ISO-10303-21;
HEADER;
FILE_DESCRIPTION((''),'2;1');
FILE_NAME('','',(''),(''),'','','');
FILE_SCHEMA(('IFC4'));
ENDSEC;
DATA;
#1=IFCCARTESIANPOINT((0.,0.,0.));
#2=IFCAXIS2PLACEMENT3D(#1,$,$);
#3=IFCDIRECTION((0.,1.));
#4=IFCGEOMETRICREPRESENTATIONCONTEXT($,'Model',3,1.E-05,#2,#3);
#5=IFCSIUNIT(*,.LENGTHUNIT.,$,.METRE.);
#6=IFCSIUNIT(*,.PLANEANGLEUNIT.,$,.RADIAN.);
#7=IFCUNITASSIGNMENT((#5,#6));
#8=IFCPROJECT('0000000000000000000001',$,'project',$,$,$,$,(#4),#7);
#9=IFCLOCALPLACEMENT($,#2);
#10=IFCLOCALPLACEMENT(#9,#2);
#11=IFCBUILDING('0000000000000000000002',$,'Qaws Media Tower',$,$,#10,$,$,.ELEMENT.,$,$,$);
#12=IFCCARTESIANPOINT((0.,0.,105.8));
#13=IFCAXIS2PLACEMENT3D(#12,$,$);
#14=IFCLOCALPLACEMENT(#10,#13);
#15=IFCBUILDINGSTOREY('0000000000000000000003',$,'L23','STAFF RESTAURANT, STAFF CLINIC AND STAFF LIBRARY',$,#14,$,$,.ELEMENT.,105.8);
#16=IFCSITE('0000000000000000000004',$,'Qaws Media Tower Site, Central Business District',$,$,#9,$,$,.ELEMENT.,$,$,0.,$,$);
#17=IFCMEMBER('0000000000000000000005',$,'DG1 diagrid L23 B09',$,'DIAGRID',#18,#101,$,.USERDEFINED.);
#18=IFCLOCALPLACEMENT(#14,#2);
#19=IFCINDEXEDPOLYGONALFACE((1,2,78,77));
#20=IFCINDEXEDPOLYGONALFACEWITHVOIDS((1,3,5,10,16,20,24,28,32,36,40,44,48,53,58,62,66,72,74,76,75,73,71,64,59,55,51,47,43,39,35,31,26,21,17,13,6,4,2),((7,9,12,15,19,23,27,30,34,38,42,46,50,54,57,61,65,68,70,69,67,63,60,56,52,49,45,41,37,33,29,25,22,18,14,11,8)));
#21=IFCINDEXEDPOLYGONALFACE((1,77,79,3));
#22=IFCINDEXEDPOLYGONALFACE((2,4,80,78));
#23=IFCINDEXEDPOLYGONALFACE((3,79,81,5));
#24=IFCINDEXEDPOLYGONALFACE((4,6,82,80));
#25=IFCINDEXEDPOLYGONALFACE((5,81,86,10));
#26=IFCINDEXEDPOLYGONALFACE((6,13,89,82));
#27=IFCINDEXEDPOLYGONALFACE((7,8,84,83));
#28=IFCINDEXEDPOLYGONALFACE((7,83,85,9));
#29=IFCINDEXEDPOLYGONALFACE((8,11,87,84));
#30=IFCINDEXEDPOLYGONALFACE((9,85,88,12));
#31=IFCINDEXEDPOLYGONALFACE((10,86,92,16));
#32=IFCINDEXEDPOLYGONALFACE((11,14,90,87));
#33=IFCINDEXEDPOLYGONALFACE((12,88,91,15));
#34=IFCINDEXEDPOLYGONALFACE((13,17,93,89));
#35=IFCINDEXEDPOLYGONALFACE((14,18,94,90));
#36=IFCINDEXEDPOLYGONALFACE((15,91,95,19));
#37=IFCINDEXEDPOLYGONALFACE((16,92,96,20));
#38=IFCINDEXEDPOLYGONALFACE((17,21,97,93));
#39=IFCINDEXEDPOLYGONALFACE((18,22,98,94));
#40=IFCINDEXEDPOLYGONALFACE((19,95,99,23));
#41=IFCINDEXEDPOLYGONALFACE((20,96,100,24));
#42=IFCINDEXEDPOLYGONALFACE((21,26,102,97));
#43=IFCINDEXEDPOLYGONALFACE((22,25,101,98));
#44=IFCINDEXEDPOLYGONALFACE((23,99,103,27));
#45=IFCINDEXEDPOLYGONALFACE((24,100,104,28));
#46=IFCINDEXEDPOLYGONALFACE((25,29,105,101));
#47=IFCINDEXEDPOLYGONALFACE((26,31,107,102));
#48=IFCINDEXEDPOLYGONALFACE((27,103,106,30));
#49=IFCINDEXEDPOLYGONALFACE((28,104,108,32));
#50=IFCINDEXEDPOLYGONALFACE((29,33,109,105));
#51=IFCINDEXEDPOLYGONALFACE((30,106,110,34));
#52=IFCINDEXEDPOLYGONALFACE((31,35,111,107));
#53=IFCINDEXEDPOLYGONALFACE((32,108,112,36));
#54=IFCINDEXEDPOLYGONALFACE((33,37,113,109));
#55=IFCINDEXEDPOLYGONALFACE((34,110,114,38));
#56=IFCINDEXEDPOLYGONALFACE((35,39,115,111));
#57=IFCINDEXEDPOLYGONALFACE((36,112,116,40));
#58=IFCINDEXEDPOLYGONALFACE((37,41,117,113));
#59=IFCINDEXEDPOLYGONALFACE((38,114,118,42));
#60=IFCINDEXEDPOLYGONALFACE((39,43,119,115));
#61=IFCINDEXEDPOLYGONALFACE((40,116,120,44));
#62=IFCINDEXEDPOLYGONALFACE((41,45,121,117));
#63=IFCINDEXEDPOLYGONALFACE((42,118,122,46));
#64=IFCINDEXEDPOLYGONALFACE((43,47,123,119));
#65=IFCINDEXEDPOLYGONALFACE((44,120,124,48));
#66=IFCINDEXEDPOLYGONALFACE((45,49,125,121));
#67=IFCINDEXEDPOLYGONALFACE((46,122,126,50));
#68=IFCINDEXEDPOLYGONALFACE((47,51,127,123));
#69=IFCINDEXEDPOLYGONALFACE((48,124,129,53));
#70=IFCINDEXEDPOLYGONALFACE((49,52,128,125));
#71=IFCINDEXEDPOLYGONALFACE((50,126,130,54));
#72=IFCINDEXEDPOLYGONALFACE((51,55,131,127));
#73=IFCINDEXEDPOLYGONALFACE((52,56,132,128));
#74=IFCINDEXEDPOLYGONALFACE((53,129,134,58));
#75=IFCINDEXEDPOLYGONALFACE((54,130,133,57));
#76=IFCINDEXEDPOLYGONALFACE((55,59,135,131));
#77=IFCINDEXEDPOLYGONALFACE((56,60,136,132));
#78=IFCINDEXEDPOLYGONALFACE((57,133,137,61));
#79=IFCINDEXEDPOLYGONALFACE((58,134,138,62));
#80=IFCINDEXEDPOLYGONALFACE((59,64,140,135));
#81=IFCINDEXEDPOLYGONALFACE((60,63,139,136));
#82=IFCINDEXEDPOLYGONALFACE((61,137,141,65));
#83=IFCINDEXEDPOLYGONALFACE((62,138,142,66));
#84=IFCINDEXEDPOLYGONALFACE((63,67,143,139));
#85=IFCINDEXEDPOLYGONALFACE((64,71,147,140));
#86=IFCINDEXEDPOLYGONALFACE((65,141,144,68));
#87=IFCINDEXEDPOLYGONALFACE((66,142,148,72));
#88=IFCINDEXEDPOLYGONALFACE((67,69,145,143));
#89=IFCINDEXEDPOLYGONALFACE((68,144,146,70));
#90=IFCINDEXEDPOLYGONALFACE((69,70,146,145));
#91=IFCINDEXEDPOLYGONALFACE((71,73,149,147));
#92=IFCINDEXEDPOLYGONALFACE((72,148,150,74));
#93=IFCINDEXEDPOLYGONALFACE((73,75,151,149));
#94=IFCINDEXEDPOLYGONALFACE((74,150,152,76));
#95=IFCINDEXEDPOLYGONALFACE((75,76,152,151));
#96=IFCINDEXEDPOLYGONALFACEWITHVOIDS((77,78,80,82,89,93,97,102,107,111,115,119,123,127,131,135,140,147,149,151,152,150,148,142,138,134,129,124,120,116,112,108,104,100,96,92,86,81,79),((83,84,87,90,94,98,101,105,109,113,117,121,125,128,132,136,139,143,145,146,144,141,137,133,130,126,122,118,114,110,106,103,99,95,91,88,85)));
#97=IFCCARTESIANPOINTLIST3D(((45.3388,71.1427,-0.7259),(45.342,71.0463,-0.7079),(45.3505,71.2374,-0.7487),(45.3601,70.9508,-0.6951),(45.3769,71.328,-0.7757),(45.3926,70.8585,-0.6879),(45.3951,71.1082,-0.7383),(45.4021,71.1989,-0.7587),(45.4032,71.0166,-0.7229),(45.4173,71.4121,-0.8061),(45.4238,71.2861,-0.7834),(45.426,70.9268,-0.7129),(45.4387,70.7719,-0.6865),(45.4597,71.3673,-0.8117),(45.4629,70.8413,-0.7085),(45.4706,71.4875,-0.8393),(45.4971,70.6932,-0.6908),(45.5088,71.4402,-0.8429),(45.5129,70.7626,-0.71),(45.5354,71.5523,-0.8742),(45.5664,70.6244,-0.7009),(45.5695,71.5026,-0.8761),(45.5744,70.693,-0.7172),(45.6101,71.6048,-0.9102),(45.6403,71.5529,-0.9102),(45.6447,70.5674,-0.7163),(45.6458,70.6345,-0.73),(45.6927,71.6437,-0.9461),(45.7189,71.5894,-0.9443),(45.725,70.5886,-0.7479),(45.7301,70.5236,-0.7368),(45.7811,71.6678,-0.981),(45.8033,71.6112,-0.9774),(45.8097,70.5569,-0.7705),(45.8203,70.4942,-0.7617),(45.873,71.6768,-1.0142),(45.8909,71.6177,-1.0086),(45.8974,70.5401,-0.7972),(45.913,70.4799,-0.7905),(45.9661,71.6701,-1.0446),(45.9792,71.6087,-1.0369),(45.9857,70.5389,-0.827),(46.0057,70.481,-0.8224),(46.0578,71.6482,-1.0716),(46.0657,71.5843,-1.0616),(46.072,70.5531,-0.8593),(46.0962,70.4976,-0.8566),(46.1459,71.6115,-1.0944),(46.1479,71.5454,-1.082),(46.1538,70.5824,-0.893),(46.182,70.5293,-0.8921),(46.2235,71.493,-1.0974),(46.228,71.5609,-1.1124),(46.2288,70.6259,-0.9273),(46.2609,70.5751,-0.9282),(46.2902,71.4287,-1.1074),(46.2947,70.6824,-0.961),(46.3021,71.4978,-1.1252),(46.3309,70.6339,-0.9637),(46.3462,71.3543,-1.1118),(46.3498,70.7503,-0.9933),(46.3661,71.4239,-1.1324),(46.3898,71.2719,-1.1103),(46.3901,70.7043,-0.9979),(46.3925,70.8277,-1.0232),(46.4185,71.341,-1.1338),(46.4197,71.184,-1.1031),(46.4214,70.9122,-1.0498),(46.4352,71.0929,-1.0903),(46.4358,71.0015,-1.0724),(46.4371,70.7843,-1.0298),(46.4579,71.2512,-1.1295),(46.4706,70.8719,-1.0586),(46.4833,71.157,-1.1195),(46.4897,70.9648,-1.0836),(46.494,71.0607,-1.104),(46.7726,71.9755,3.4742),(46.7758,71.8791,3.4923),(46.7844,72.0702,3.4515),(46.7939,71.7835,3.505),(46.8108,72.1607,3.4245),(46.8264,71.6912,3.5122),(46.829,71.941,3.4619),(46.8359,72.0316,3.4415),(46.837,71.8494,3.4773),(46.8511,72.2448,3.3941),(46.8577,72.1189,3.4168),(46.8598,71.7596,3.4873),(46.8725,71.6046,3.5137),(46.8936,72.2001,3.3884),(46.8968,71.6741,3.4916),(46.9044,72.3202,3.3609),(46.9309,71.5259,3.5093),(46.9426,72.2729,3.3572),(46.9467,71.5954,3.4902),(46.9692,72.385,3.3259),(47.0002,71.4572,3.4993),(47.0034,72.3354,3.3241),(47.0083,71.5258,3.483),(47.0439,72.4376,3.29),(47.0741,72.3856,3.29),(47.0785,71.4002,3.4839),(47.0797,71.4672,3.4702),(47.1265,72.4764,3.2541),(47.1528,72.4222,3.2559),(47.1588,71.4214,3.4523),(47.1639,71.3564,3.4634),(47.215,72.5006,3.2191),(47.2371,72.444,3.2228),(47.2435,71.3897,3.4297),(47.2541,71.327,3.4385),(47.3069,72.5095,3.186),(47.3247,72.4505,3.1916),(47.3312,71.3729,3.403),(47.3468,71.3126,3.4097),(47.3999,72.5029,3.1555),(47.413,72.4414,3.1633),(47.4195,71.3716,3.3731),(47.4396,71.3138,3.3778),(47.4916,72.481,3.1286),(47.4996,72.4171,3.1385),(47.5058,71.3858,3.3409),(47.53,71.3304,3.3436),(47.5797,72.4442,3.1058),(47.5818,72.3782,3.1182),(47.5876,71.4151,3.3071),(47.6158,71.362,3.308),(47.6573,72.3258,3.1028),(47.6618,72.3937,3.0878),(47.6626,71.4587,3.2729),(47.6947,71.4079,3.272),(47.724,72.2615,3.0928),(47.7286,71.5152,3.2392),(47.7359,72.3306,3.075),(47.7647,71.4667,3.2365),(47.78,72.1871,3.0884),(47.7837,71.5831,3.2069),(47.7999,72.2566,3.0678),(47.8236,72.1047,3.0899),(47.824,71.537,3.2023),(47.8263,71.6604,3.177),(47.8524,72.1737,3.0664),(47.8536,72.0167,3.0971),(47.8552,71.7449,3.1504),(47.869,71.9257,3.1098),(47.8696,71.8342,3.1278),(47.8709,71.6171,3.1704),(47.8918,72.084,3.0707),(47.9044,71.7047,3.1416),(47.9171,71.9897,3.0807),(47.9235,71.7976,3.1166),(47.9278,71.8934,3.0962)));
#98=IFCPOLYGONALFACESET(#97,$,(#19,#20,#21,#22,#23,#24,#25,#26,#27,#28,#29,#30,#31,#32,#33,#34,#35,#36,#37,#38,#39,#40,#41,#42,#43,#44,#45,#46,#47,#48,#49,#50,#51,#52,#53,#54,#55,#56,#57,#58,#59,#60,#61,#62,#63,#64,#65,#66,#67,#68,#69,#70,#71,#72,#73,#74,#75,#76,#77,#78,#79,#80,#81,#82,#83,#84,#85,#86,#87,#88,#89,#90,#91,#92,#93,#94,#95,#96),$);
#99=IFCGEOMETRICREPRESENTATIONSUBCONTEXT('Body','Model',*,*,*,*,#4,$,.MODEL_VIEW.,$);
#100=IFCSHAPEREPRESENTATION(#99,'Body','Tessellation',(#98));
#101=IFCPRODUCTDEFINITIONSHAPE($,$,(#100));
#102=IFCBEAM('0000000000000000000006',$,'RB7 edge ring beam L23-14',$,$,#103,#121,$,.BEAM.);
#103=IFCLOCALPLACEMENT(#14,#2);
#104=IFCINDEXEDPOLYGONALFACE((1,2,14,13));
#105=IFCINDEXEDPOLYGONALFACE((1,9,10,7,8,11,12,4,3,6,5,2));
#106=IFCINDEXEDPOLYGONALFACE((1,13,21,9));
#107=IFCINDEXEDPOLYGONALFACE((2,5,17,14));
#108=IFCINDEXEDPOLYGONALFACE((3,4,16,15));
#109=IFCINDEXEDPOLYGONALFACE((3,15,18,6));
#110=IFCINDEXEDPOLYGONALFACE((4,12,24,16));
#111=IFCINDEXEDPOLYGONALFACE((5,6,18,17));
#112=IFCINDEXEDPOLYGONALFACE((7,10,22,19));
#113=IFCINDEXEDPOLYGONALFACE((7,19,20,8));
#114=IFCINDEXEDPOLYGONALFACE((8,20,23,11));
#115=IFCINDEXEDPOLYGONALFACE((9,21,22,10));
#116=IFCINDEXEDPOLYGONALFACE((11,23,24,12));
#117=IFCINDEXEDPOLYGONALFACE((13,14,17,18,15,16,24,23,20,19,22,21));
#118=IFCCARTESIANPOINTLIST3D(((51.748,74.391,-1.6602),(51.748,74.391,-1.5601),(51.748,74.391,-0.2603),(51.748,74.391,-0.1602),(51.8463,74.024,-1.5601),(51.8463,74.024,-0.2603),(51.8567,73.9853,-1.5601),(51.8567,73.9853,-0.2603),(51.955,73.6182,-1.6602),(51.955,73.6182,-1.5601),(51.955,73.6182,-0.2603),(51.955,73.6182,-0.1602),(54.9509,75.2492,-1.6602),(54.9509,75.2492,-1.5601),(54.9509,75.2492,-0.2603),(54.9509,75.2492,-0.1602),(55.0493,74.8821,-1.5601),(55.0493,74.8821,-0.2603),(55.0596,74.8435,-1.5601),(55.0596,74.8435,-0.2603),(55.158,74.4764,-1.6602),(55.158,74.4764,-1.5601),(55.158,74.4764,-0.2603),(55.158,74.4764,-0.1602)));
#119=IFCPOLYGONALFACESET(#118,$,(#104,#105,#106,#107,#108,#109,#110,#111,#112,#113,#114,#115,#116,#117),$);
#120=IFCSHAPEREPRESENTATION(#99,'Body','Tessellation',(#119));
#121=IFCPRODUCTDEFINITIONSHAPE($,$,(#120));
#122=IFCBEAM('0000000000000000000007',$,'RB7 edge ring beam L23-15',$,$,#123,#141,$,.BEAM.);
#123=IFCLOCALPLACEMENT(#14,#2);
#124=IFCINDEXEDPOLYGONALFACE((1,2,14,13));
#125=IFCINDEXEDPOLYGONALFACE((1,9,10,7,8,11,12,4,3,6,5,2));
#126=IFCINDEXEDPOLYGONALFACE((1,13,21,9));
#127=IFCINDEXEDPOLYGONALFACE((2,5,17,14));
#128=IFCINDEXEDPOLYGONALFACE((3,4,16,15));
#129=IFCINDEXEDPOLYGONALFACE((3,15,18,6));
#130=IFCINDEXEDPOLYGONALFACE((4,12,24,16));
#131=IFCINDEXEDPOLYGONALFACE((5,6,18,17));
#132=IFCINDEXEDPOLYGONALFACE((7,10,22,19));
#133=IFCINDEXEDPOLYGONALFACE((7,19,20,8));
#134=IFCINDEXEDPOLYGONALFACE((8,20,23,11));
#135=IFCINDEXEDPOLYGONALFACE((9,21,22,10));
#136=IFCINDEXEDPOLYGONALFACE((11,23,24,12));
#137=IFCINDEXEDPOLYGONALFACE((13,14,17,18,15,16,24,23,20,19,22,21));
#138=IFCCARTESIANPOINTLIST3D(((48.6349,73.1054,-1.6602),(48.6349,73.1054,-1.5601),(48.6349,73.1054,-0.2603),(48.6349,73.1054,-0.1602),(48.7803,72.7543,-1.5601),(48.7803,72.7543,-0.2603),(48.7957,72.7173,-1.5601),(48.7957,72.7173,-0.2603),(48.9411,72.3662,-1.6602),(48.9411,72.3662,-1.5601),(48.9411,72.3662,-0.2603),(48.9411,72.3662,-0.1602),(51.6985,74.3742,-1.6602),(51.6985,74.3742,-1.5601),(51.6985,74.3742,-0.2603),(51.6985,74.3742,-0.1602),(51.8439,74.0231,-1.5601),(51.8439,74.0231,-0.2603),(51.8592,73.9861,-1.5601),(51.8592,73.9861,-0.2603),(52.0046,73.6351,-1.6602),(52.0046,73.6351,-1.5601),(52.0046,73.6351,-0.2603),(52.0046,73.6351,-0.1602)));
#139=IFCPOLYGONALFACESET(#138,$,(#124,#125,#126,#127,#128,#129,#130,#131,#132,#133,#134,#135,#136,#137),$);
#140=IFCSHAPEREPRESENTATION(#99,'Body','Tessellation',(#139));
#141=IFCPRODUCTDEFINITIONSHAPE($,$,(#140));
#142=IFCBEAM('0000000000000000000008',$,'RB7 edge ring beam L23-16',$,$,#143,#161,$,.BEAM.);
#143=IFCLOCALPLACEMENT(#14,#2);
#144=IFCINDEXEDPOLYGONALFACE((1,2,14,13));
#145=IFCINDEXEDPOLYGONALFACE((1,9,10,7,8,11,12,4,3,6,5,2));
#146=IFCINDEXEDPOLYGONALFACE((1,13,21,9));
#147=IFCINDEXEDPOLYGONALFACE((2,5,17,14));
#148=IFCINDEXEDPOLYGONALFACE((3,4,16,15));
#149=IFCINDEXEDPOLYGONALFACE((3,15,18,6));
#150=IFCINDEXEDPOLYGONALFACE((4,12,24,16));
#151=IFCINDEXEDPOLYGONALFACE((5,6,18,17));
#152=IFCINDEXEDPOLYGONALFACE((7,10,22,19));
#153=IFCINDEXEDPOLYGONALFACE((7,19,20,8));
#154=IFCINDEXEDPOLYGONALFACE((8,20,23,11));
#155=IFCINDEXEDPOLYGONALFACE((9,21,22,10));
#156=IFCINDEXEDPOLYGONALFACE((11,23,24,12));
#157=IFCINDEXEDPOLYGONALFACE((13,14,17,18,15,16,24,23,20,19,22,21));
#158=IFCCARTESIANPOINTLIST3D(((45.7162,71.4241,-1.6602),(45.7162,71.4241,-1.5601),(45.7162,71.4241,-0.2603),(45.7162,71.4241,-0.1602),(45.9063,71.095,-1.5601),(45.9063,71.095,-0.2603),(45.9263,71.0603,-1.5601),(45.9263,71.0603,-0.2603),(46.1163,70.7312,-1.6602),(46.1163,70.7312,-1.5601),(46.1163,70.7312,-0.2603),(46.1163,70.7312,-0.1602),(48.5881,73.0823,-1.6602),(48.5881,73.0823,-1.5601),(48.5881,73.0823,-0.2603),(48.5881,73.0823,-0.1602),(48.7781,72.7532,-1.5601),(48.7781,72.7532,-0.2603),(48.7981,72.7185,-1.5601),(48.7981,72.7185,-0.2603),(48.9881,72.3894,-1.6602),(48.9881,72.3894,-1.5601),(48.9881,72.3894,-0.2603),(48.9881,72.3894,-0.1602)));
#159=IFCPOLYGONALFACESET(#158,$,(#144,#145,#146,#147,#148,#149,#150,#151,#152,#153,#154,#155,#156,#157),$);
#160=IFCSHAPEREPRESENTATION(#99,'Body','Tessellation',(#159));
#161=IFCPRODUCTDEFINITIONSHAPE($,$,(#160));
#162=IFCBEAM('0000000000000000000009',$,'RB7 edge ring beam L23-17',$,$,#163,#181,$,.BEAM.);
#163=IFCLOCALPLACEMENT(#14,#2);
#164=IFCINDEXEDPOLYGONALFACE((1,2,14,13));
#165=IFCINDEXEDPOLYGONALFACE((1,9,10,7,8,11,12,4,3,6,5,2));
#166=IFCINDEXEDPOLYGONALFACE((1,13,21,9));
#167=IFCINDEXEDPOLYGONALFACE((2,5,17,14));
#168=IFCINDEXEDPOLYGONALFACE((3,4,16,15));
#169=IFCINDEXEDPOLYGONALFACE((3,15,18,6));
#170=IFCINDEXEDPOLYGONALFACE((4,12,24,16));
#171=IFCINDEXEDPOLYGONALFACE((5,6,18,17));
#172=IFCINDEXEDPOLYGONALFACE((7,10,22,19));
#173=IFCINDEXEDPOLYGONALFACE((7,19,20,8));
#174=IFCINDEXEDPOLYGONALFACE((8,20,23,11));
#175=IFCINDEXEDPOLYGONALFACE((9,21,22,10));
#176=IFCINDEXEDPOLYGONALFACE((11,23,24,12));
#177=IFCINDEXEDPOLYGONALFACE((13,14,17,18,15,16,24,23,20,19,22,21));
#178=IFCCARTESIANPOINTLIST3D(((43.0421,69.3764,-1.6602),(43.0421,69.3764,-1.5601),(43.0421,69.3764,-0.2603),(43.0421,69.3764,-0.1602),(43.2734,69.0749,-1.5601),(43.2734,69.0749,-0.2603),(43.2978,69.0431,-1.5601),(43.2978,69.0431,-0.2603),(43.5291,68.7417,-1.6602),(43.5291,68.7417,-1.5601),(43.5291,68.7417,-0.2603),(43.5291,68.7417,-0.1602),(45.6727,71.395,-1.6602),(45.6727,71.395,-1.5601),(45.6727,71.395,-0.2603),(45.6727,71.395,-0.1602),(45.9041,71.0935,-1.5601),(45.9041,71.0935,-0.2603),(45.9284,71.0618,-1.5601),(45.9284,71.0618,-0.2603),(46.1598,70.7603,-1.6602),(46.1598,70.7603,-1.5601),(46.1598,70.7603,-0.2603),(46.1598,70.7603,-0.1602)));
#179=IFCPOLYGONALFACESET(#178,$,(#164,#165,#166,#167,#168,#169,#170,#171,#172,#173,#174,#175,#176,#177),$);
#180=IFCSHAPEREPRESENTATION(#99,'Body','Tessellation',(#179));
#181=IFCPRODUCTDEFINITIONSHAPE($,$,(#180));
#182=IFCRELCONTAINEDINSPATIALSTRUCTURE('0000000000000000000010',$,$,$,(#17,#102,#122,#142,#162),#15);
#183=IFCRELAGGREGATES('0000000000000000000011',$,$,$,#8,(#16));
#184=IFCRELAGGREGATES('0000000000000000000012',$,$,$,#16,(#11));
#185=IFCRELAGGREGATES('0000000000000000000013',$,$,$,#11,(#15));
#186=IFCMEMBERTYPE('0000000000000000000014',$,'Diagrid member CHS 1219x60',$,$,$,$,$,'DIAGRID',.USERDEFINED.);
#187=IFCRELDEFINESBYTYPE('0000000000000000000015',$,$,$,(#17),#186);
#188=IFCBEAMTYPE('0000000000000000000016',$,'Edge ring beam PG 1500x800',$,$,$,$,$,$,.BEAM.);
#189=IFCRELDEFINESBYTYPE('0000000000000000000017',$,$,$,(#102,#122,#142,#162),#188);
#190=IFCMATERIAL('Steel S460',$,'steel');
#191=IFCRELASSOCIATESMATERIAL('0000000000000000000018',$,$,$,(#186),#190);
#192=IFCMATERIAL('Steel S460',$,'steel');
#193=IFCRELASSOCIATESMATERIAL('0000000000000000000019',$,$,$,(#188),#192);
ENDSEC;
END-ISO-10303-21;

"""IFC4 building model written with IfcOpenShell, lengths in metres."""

from ifc_helpers import new_model, si_unit, direction, frame, origin, origin_2d, place, context, subcontext, project, spatial, hollow_circle, i_section, extrude, material, material_profile, profile_set, type_object, element, save


model = new_model("IFC4")

# Units and contexts
model_context = context("Model", 3, precision=1e-05, world=origin(), true_north=direction((0.0, 1.0)))
body_context = subcontext(model_context, "Body", "Model", "MODEL_VIEW")
ifc_project = project(units=[si_unit("LENGTHUNIT", "METRE"), si_unit("PLANEANGLEUNIT", "RADIAN")], contexts=[model_context])

# Site, building, storey
site_placement = place(None, origin())
site = spatial("IfcSite", under=ifc_project, at=site_placement, Name="Qaws Media Tower Site, Central Business District", CompositionType="ELEMENT", RefElevation=0.0)
building_placement = place(site_placement, origin())
building = spatial("IfcBuilding", under=site, at=building_placement, Name="Qaws Media Tower", CompositionType="ELEMENT")
storey_placement = place(building_placement, frame((0.0, 0.0, 105.8)))
storey = spatial("IfcBuildingStorey", under=building, at=storey_placement, Name="L23", Description="STAFF RESTAURANT, STAFF CLINIC AND STAFF LIBRARY", CompositionType="ELEMENT", Elevation=105.8)

# Member
ifc_material_1 = material(Name="Steel S460", Category="steel")
ifc_material_profile_1 = material_profile(ifc_material_1, hollow_circle(Radius=0.6096, WallThickness=0.0601, at=origin_2d()), Name="CHS 1219x60")
ifc_profile_set_1 = profile_set([ifc_material_profile_1], Name="Steel S460")
member_type_1 = type_object("IfcMemberType", Name="Diagrid member CHS 1219x60", ElementType="DIAGRID", PredefinedType="USERDEFINED", material=ifc_profile_set_1)
for number, where, z_axis, x_axis, name in (
    (1, (45.9163, 71.0776, -0.9102), (0.317527, 0.184418, 0.930143), (-0.502231, 0.864733, 0.0), "DG1 diagrid L23 B09"),
):
    element("IfcMember", number, at=place(storey_placement, frame(where, z_axis=z_axis, x_axis=x_axis)), inside=storey, type_object=member_type_1, Name=name, ObjectType="DIAGRID", PredefinedType="USERDEFINED", context=body_context, shape_type="SweptSolid", body=[
        extrude(hollow_circle(Radius=0.6096, WallThickness=0.0601, at=origin_2d()), origin(), (0.0, 0.0, 1.0), 4.5156),
    ])

# Beams
ifc_material_2 = material(Name="Steel S460", Category="steel")
ifc_material_profile_2 = material_profile(ifc_material_2, i_section(OverallWidth=0.8, OverallDepth=1.5, WebThickness=0.04, FlangeThickness=0.1001, at=origin_2d()), Name="PG 1500x800")
ifc_profile_set_2 = profile_set([ifc_material_profile_2], Name="Steel S460")
beam_type_1 = type_object("IfcBeamType", Name="Edge ring beam PG 1500x800", PredefinedType="BEAM", material=ifc_profile_set_2)
for number, where, z_axis, x_axis, name in (
    (2, (55.0544, 74.8628, -0.9102), (-0.96593, -0.258804, 0.0), (0.258804, -0.96593, 0.0), "RB7 edge ring beam L23-14"),
    (3, (51.8516, 74.0046, -0.9102), (-0.923894, -0.382649, 0.0), (0.382649, -0.923894, 0.0), "RB7 edge ring beam L23-15"),
):
    element("IfcBeam", number, at=place(storey_placement, frame(where, z_axis=z_axis, x_axis=x_axis)), inside=storey, type_object=beam_type_1, Name=name, PredefinedType="BEAM", context=body_context, shape_type="SweptSolid", body=[
        extrude(i_section(OverallWidth=0.8, OverallDepth=1.5, WebThickness=0.04, FlangeThickness=0.1001, at=origin_2d()), origin(), (0.0, 0.0, 1.0), 3.3159),
    ])
beam_1_placement = place(storey_placement, frame((48.7881, 72.7358, -0.9102), z_axis=(-0.866005, -0.500035, 0.0), x_axis=(0.500035, -0.866005, 0.0)))
element("IfcBeam", 4, at=beam_1_placement, inside=storey, type_object=beam_type_1, Name="RB7 edge ring beam L23-16", PredefinedType="BEAM", context=body_context, shape_type="SweptSolid", body=[
    extrude(i_section(OverallWidth=0.8, OverallDepth=1.5, WebThickness=0.04, FlangeThickness=0.1001, at=origin_2d()), origin(), (0.0, 0.0, 1.0), 3.3162),
])
beam_2_placement = place(storey_placement, frame((45.9163, 71.0776, -0.9102), z_axis=(-0.793352, -0.608764, 0.0), x_axis=(0.608764, -0.793352, 0.0)))
element("IfcBeam", 5, at=beam_2_placement, inside=storey, type_object=beam_type_1, Name="RB7 edge ring beam L23-17", PredefinedType="BEAM", context=body_context, shape_type="SweptSolid", body=[
    extrude(i_section(OverallWidth=0.8, OverallDepth=1.5, WebThickness=0.04, FlangeThickness=0.1001, at=origin_2d()), origin(), (0.0, 0.0, 1.0), 3.3159),
])

save(model, "model.ifc")
